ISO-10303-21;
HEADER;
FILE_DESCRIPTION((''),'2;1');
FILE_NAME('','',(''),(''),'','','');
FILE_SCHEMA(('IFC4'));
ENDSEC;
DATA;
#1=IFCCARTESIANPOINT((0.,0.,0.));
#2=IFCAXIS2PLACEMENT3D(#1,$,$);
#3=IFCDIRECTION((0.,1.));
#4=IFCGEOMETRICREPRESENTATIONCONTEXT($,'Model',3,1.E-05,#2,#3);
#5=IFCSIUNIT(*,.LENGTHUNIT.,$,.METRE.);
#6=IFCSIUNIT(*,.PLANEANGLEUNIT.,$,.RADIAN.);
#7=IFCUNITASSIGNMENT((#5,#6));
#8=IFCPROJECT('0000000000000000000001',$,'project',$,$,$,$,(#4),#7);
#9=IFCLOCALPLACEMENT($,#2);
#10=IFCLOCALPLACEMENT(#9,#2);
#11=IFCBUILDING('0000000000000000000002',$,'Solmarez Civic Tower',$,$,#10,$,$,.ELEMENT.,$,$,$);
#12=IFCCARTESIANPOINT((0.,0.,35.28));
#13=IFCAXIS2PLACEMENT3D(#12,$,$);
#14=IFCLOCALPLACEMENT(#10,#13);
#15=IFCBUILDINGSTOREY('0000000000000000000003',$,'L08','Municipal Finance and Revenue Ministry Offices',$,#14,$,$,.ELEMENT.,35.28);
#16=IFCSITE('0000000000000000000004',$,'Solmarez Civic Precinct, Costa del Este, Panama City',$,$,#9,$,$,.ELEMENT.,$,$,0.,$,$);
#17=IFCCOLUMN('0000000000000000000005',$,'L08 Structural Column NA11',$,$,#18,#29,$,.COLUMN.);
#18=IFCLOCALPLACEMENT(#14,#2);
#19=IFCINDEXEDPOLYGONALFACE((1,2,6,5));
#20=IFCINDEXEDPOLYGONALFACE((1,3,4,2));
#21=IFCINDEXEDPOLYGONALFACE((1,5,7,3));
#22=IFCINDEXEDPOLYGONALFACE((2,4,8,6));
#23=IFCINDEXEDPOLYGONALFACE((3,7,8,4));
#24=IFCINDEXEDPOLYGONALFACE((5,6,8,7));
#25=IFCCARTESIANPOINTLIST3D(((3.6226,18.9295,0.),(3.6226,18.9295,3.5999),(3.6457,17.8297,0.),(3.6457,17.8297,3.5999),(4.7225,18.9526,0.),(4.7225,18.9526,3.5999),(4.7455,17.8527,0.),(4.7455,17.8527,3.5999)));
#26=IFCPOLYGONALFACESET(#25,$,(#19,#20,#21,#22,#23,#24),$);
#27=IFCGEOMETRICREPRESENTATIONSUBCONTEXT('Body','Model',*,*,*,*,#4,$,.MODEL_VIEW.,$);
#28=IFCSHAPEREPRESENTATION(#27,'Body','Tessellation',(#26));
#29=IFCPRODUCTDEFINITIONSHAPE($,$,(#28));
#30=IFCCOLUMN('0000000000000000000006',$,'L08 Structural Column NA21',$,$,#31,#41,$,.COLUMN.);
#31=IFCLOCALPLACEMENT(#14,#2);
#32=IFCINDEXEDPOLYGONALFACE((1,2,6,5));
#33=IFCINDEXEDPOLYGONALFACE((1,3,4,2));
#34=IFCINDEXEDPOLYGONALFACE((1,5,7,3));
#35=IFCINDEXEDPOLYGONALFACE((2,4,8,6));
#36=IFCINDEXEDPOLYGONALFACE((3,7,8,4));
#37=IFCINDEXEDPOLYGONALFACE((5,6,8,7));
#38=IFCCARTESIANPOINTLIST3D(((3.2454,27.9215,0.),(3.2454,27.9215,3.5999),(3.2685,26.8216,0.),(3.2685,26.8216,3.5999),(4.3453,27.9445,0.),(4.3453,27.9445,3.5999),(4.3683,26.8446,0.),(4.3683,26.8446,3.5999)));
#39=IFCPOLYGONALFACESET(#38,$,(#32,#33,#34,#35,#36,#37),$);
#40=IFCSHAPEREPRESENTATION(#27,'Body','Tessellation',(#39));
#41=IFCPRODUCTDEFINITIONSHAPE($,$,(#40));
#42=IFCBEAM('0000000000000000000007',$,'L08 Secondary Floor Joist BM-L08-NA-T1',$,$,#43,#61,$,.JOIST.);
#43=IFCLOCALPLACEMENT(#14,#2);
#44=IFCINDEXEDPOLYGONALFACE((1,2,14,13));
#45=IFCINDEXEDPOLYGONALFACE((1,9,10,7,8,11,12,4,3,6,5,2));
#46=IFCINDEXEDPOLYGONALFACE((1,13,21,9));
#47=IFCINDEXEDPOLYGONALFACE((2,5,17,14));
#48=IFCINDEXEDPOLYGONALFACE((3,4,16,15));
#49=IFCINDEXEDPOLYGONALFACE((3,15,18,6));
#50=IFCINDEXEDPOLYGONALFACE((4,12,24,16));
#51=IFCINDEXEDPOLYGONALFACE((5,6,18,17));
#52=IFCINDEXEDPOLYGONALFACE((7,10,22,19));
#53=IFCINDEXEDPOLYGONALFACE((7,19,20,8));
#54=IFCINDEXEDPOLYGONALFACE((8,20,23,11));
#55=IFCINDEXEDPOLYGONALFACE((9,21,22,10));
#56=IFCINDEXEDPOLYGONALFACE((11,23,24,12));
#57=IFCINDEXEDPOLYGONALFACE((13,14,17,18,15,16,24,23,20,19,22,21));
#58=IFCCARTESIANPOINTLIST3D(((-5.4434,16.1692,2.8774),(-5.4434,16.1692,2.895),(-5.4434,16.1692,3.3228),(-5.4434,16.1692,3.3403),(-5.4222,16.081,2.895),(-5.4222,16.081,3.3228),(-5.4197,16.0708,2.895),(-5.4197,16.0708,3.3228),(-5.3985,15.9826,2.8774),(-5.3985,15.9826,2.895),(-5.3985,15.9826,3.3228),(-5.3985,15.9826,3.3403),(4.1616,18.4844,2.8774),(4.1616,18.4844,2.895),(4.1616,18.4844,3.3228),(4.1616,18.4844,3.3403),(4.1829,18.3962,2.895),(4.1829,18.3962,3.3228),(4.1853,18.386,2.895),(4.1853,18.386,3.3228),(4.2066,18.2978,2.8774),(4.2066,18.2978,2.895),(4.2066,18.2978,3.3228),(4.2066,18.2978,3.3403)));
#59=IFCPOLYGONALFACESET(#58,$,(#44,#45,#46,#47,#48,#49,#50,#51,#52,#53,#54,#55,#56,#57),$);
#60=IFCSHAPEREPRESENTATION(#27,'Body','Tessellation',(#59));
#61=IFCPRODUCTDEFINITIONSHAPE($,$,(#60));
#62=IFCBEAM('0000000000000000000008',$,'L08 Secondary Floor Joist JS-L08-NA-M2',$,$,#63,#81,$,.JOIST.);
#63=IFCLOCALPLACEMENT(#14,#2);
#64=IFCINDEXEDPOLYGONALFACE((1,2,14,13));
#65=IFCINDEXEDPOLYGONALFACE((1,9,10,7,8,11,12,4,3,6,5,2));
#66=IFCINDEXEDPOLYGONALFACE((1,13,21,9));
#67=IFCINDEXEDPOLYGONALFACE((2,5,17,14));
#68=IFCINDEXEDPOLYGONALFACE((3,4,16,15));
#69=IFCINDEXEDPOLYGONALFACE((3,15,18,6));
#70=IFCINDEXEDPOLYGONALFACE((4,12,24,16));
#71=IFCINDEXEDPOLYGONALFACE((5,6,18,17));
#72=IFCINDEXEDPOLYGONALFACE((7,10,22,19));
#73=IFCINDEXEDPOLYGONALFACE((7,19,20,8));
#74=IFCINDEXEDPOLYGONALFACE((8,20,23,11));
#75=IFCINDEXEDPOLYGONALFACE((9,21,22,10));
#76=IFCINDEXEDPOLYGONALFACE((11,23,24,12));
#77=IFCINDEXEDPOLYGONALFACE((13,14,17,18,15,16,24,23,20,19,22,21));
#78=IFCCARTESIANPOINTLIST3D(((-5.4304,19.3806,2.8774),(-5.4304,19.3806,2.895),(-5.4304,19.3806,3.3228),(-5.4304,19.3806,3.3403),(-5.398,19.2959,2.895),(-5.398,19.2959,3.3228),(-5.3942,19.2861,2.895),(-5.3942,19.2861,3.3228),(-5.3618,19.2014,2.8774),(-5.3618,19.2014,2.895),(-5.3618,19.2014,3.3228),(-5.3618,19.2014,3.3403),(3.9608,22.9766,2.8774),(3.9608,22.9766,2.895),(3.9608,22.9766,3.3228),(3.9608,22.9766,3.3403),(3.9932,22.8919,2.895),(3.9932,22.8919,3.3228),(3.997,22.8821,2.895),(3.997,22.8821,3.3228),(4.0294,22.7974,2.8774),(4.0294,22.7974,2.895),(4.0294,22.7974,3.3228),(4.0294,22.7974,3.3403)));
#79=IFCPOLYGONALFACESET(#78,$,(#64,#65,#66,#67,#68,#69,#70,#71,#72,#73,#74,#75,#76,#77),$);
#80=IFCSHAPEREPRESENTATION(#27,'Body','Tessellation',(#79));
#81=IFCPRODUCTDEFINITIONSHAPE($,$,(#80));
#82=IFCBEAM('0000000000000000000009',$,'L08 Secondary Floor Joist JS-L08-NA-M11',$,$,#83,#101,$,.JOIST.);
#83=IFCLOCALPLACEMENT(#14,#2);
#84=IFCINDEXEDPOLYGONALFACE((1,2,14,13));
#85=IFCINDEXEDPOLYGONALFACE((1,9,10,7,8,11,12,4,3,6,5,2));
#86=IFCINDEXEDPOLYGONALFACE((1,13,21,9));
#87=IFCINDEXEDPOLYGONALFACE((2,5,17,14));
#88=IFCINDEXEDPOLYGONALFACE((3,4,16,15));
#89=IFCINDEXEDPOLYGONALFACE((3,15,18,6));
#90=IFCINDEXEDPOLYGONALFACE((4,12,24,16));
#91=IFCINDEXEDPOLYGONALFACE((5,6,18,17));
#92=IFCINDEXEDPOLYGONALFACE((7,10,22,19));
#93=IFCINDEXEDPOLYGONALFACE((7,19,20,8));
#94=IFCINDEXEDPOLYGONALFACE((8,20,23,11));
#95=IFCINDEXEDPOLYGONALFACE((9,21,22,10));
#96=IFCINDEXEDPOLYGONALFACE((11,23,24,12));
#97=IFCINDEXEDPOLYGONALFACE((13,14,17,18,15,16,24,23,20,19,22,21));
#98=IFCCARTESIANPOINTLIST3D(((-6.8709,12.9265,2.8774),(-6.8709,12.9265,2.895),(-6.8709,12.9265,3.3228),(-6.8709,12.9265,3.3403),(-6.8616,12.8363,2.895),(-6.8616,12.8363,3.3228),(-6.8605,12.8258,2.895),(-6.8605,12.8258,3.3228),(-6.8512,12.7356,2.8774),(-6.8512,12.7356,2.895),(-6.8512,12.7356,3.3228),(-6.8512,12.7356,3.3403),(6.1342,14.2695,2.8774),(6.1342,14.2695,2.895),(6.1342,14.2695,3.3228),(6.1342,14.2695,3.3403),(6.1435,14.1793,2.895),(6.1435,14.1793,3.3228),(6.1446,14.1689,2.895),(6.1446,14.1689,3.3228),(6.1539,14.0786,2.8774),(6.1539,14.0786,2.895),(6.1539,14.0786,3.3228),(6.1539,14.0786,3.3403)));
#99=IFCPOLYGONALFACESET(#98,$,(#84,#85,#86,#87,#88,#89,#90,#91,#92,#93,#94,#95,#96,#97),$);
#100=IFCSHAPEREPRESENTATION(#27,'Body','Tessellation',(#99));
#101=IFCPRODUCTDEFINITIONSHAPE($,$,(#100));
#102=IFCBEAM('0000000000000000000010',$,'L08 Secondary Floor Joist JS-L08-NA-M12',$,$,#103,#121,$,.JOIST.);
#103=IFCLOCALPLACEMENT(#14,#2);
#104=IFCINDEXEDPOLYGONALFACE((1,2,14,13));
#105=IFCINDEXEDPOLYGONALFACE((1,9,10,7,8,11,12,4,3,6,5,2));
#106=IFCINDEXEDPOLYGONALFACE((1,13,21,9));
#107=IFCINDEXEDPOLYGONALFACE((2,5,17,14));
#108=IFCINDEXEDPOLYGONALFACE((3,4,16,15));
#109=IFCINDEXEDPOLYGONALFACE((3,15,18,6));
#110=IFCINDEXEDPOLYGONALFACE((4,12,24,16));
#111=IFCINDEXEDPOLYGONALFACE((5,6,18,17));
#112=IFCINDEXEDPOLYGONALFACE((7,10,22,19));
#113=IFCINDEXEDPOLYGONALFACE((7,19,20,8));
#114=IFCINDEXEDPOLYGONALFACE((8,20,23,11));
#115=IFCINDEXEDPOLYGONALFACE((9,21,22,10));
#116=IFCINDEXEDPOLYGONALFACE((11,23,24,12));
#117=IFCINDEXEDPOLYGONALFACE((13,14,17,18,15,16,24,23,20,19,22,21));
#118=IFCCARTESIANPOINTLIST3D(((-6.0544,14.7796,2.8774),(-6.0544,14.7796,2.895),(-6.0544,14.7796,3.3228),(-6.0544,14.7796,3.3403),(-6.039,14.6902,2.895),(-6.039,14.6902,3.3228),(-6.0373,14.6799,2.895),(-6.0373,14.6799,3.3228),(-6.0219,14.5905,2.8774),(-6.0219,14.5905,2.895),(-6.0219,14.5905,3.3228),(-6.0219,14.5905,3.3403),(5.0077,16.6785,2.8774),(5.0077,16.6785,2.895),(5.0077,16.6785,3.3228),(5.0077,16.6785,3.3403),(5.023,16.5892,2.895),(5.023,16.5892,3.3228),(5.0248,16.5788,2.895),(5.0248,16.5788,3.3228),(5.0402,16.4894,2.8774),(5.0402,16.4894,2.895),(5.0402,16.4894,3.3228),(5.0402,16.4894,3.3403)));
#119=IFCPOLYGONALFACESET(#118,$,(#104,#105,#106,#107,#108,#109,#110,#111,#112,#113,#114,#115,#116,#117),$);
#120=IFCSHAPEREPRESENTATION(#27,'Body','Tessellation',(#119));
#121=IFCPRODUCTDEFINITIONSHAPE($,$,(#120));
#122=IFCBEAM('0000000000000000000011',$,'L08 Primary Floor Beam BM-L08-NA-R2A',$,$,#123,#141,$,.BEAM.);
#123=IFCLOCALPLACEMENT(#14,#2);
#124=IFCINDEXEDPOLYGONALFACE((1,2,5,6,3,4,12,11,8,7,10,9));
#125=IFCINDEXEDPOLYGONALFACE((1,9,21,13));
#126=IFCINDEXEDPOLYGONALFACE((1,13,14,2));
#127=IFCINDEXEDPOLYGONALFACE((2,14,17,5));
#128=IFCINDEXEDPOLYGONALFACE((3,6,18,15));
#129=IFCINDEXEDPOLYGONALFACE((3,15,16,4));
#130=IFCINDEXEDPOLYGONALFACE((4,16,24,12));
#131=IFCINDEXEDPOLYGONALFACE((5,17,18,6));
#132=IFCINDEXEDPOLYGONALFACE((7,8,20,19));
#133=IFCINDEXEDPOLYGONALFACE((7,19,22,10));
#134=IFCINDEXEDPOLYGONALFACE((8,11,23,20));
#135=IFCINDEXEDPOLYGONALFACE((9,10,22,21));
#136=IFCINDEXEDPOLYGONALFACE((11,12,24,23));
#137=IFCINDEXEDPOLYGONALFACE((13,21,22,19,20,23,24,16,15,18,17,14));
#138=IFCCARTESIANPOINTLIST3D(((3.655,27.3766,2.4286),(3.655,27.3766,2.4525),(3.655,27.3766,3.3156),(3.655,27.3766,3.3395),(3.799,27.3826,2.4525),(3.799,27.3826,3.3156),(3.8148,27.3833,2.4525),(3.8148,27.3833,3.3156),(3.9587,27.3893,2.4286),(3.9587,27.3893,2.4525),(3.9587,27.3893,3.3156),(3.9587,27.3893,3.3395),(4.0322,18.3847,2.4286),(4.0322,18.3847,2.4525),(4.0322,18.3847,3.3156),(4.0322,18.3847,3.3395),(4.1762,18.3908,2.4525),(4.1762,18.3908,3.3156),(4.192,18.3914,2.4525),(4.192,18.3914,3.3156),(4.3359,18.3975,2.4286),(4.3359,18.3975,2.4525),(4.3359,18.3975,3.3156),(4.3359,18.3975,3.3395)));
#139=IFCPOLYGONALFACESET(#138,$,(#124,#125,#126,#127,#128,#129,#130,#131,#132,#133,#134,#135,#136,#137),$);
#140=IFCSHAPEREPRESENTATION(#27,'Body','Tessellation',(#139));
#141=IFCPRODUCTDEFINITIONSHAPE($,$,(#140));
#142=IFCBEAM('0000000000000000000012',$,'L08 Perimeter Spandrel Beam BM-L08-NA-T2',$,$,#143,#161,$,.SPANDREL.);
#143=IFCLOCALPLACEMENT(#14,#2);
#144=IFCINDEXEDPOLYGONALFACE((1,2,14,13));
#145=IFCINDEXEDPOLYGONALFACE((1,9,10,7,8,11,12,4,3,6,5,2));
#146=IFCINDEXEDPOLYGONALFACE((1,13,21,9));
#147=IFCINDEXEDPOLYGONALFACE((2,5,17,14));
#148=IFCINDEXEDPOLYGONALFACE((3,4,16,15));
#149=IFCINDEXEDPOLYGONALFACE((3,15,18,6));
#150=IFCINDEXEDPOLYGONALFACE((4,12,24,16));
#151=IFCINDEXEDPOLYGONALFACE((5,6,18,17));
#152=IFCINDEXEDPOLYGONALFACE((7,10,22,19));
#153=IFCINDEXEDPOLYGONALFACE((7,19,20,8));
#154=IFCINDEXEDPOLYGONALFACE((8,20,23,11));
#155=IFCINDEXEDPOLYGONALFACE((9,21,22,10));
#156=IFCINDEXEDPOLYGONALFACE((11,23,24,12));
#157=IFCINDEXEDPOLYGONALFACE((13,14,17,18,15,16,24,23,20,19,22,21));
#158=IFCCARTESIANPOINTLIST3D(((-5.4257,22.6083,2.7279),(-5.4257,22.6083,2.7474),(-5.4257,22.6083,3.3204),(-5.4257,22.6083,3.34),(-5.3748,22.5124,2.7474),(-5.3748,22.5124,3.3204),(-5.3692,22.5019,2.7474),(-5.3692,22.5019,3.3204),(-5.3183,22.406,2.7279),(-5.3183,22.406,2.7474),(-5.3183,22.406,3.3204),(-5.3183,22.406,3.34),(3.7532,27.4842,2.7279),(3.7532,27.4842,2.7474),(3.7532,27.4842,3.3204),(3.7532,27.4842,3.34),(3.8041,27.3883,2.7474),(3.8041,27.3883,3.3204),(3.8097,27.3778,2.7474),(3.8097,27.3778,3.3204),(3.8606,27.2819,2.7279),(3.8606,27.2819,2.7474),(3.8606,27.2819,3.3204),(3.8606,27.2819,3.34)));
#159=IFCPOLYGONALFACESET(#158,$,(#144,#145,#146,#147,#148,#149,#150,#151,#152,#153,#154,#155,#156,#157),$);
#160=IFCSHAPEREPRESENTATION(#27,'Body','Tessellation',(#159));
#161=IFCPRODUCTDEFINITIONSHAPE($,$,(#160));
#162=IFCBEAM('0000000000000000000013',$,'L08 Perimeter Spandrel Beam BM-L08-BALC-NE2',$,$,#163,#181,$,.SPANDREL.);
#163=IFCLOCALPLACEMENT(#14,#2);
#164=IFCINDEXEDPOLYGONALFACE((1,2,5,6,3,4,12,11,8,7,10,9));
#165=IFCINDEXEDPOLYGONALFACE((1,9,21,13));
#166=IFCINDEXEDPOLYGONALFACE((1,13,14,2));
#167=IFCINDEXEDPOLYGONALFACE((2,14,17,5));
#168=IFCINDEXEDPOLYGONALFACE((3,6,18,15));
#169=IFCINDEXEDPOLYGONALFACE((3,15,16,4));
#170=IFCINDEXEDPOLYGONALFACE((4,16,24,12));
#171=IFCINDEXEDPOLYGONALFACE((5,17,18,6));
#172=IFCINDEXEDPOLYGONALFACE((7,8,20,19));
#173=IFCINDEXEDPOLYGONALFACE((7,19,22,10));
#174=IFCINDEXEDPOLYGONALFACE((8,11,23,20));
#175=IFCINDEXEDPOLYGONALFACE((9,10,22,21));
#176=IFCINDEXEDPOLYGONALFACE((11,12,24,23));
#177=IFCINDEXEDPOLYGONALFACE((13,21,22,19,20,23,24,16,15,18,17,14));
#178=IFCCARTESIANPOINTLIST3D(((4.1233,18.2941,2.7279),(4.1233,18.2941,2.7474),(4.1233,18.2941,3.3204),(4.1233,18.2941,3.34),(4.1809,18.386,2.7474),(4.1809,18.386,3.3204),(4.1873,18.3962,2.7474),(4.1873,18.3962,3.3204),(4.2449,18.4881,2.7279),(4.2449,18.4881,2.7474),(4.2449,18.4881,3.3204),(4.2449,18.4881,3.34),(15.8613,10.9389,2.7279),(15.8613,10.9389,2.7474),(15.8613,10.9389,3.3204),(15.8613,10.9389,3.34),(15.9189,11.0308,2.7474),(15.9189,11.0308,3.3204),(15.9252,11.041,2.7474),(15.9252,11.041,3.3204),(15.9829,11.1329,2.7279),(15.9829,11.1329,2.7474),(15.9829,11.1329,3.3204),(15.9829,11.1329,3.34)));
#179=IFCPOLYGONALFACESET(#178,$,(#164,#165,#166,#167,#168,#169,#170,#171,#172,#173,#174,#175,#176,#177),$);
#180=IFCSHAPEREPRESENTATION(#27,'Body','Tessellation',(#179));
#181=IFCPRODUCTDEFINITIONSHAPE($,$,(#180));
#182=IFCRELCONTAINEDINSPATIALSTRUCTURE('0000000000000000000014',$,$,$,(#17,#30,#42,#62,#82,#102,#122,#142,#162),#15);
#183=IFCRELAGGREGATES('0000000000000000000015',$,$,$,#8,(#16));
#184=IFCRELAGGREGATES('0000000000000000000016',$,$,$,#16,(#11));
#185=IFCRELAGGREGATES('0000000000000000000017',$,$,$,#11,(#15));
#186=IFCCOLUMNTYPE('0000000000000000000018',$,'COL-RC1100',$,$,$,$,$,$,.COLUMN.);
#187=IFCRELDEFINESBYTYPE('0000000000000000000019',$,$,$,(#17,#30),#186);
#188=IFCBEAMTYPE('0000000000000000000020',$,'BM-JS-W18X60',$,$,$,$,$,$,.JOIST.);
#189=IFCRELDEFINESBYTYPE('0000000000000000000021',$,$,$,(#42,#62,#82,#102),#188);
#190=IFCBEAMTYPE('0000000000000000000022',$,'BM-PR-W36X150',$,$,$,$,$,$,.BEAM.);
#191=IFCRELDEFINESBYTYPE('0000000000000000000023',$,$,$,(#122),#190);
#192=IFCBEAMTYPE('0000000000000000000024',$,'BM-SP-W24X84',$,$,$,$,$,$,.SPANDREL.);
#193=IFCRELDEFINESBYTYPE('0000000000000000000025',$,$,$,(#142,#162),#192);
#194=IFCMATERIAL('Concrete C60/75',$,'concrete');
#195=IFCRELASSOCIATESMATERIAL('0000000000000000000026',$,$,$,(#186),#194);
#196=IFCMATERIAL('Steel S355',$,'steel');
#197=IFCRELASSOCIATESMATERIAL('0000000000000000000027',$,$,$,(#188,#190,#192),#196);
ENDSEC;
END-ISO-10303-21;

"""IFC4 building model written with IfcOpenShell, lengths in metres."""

from ifc_helpers import new_model, si_unit, direction, frame, origin, origin_2d, place, context, subcontext, project, spatial, rectangle, i_section, extrude, material, material_profile, profile_set, type_object, element, save


model = new_model("IFC4")

# Units and contexts
model_context = context("Model", 3, precision=1e-05, world=origin(), true_north=direction((0.0, 1.0)))
body_context = subcontext(model_context, "Body", "Model", "MODEL_VIEW")
ifc_project = project(units=[si_unit("LENGTHUNIT", "METRE"), si_unit("PLANEANGLEUNIT", "RADIAN")], contexts=[model_context])

# Site, building, storey
site_placement = place(None, origin())
site = spatial("IfcSite", under=ifc_project, at=site_placement, Name="Solmarez Civic Precinct, Costa del Este, Panama City", CompositionType="ELEMENT", RefElevation=0.0)
building_placement = place(site_placement, origin())
building = spatial("IfcBuilding", under=site, at=building_placement, Name="Solmarez Civic Tower", CompositionType="ELEMENT")
storey_placement = place(building_placement, frame((0.0, 0.0, 35.28)))
storey = spatial("IfcBuildingStorey", under=building, at=storey_placement, Name="L08", Description="Municipal Finance and Revenue Ministry Offices", CompositionType="ELEMENT", Elevation=35.28)

# Columns
ifc_material_1 = material(Name="Concrete C60/75", Category="concrete")
ifc_material_profile_1 = material_profile(ifc_material_1, rectangle(XDim=1.1001, YDim=1.1001, at=origin_2d()), Name="RC1100X1100")
ifc_profile_set_1 = profile_set([ifc_material_profile_1], Name="Concrete C60/75")
column_type = type_object("IfcColumnType", Name="COL-RC1100", PredefinedType="COLUMN", material=ifc_profile_set_1)
for number, where, z_axis, x_axis, name in (
    (1, (4.1841, 18.3911, 0.0), (0.0, 0.0, 1.0), (0.999781, 0.020942, 0.0), "L08 Structural Column NA11"),
    (2, (3.8069, 27.3831, 0.0), (0.0, 0.0, 1.0), (0.999781, 0.020942, 0.0), "L08 Structural Column NA21"),
):
    element("IfcColumn", number, at=place(storey_placement, frame(where, z_axis=z_axis, x_axis=x_axis)), inside=storey, type_object=column_type, Name=name, PredefinedType="COLUMN", context=body_context, shape_type="SweptSolid", body=[
        extrude(rectangle(XDim=1.1001, YDim=1.1001, at=origin_2d()), origin(), (0.0, 0.0, 1.0), 3.5999),
    ])

# Beams
ifc_material_2 = material(Name="Steel S355", Category="steel")
ifc_material_profile_2 = material_profile(ifc_material_2, i_section(OverallWidth=0.1919, OverallDepth=0.4629, WebThickness=0.0105, FlangeThickness=0.0176, at=origin_2d()), Name="W18X60")
ifc_profile_set_2 = profile_set([ifc_material_profile_2], Name="Steel S355")
beam_type_1 = type_object("IfcBeamType", Name="BM-JS-W18X60", PredefinedType="JOIST", material=ifc_profile_set_2)
beam_1_placement = place(storey_placement, frame((4.1841, 18.3911, 3.1089), z_axis=(-0.972157, -0.234329, 0.0), x_axis=(0.234329, -0.972157, 0.0)))
element("IfcBeam", 3, at=beam_1_placement, inside=storey, type_object=beam_type_1, Name="L08 Secondary Floor Joist BM-L08-NA-T1", PredefinedType="JOIST", context=body_context, shape_type="SweptSolid", body=[
    extrude(i_section(OverallWidth=0.1919, OverallDepth=0.4629, WebThickness=0.0105, FlangeThickness=0.0176, at=origin_2d()), origin(), (0.0, 0.0, 1.0), 9.8801),
])
beam_2_placement = place(storey_placement, frame((3.9951, 22.887, 3.1089), z_axis=(-0.933878, -0.357591, 0.0), x_axis=(0.357591, -0.933878, 0.0)))
element("IfcBeam", 4, at=beam_2_placement, inside=storey, type_object=beam_type_1, Name="L08 Secondary Floor Joist JS-L08-NA-M2", PredefinedType="JOIST", context=body_context, shape_type="SweptSolid", body=[
    extrude(i_section(OverallWidth=0.1919, OverallDepth=0.4629, WebThickness=0.0105, FlangeThickness=0.0176, at=origin_2d()), origin(), (0.0, 0.0, 1.0), 10.0562),
])
beam_3_placement = place(storey_placement, frame((6.144, 14.1741, 3.1089), z_axis=(-0.99471, -0.102722, 0.0), x_axis=(0.102722, -0.99471, 0.0)))
element("IfcBeam", 5, at=beam_3_placement, inside=storey, type_object=beam_type_1, Name="L08 Secondary Floor Joist JS-L08-NA-M11", PredefinedType="JOIST", context=body_context, shape_type="SweptSolid", body=[
    extrude(i_section(OverallWidth=0.1919, OverallDepth=0.4629, WebThickness=0.0105, FlangeThickness=0.0176, at=origin_2d()), origin(), (0.0, 0.0, 1.0), 13.0742),
])
beam_4_placement = place(storey_placement, frame((5.0239, 16.584, 3.1089), z_axis=(-0.985584, -0.169187, 0.0), x_axis=(0.169187, -0.985584, 0.0)))
element("IfcBeam", 6, at=beam_4_placement, inside=storey, type_object=beam_type_1, Name="L08 Secondary Floor Joist JS-L08-NA-M12", PredefinedType="JOIST", context=body_context, shape_type="SweptSolid", body=[
    extrude(i_section(OverallWidth=0.1919, OverallDepth=0.4629, WebThickness=0.0105, FlangeThickness=0.0176, at=origin_2d()), origin(), (0.0, 0.0, 1.0), 11.2239),
])
ifc_material_profile_3 = material_profile(ifc_material_2, i_section(OverallWidth=0.304, OverallDepth=0.9109, WebThickness=0.0159, FlangeThickness=0.0239, at=origin_2d()), Name="W36X150")
ifc_profile_set_3 = profile_set([ifc_material_profile_3], Name="Steel S355")
beam_type_2 = type_object("IfcBeamType", Name="BM-PR-W36X150", PredefinedType="BEAM", material=ifc_profile_set_3)
beam_5_placement = place(storey_placement, frame((4.1841, 18.3911, 2.884), z_axis=(-0.041911, 0.999121, 0.0), x_axis=(-0.999121, -0.041911, 0.0)))
element("IfcBeam", 7, at=beam_5_placement, inside=storey, type_object=beam_type_2, Name="L08 Primary Floor Beam BM-L08-NA-R2A", PredefinedType="BEAM", context=body_context, shape_type="SweptSolid", body=[
    extrude(i_section(OverallWidth=0.304, OverallDepth=0.9109, WebThickness=0.0159, FlangeThickness=0.0239, at=origin_2d()), origin(), (0.0, 0.0, 1.0), 8.9998),
])
ifc_material_profile_4 = material_profile(ifc_material_2, i_section(OverallWidth=0.229, OverallDepth=0.6121, WebThickness=0.012, FlangeThickness=0.0195, at=origin_2d()), Name="W24X84")
ifc_profile_set_4 = profile_set([ifc_material_profile_4], Name="Steel S355")
beam_type_3 = type_object("IfcBeamType", Name="BM-SP-W24X84", PredefinedType="SPANDREL", material=ifc_profile_set_4)
beam_6_placement = place(storey_placement, frame((3.8069, 27.3831, 3.0339), z_axis=(-0.883129, -0.469129, 0.0), x_axis=(0.469129, -0.883129, 0.0)))
element("IfcBeam", 8, at=beam_6_placement, inside=storey, type_object=beam_type_3, Name="L08 Perimeter Spandrel Beam BM-L08-NA-T2", PredefinedType="SPANDREL", context=body_context, shape_type="SweptSolid", body=[
    extrude(i_section(OverallWidth=0.229, OverallDepth=0.6121, WebThickness=0.012, FlangeThickness=0.0195, at=origin_2d()), origin(), (0.0, 0.0, 1.0), 10.3936),
])
beam_7_placement = place(storey_placement, frame((4.1841, 18.3911, 3.0339), z_axis=(0.847383, -0.530982, 0.0), x_axis=(0.530982, 0.847383, 0.0)))
element("IfcBeam", 9, at=beam_7_placement, inside=storey, type_object=beam_type_3, Name="L08 Perimeter Spandrel Beam BM-L08-BALC-NE2", PredefinedType="SPANDREL", context=body_context, shape_type="SweptSolid", body=[
    extrude(i_section(OverallWidth=0.229, OverallDepth=0.6121, WebThickness=0.012, FlangeThickness=0.0195, at=origin_2d()), origin(), (0.0, 0.0, 1.0), 13.8521),
])

save(model, "model.ifc")
